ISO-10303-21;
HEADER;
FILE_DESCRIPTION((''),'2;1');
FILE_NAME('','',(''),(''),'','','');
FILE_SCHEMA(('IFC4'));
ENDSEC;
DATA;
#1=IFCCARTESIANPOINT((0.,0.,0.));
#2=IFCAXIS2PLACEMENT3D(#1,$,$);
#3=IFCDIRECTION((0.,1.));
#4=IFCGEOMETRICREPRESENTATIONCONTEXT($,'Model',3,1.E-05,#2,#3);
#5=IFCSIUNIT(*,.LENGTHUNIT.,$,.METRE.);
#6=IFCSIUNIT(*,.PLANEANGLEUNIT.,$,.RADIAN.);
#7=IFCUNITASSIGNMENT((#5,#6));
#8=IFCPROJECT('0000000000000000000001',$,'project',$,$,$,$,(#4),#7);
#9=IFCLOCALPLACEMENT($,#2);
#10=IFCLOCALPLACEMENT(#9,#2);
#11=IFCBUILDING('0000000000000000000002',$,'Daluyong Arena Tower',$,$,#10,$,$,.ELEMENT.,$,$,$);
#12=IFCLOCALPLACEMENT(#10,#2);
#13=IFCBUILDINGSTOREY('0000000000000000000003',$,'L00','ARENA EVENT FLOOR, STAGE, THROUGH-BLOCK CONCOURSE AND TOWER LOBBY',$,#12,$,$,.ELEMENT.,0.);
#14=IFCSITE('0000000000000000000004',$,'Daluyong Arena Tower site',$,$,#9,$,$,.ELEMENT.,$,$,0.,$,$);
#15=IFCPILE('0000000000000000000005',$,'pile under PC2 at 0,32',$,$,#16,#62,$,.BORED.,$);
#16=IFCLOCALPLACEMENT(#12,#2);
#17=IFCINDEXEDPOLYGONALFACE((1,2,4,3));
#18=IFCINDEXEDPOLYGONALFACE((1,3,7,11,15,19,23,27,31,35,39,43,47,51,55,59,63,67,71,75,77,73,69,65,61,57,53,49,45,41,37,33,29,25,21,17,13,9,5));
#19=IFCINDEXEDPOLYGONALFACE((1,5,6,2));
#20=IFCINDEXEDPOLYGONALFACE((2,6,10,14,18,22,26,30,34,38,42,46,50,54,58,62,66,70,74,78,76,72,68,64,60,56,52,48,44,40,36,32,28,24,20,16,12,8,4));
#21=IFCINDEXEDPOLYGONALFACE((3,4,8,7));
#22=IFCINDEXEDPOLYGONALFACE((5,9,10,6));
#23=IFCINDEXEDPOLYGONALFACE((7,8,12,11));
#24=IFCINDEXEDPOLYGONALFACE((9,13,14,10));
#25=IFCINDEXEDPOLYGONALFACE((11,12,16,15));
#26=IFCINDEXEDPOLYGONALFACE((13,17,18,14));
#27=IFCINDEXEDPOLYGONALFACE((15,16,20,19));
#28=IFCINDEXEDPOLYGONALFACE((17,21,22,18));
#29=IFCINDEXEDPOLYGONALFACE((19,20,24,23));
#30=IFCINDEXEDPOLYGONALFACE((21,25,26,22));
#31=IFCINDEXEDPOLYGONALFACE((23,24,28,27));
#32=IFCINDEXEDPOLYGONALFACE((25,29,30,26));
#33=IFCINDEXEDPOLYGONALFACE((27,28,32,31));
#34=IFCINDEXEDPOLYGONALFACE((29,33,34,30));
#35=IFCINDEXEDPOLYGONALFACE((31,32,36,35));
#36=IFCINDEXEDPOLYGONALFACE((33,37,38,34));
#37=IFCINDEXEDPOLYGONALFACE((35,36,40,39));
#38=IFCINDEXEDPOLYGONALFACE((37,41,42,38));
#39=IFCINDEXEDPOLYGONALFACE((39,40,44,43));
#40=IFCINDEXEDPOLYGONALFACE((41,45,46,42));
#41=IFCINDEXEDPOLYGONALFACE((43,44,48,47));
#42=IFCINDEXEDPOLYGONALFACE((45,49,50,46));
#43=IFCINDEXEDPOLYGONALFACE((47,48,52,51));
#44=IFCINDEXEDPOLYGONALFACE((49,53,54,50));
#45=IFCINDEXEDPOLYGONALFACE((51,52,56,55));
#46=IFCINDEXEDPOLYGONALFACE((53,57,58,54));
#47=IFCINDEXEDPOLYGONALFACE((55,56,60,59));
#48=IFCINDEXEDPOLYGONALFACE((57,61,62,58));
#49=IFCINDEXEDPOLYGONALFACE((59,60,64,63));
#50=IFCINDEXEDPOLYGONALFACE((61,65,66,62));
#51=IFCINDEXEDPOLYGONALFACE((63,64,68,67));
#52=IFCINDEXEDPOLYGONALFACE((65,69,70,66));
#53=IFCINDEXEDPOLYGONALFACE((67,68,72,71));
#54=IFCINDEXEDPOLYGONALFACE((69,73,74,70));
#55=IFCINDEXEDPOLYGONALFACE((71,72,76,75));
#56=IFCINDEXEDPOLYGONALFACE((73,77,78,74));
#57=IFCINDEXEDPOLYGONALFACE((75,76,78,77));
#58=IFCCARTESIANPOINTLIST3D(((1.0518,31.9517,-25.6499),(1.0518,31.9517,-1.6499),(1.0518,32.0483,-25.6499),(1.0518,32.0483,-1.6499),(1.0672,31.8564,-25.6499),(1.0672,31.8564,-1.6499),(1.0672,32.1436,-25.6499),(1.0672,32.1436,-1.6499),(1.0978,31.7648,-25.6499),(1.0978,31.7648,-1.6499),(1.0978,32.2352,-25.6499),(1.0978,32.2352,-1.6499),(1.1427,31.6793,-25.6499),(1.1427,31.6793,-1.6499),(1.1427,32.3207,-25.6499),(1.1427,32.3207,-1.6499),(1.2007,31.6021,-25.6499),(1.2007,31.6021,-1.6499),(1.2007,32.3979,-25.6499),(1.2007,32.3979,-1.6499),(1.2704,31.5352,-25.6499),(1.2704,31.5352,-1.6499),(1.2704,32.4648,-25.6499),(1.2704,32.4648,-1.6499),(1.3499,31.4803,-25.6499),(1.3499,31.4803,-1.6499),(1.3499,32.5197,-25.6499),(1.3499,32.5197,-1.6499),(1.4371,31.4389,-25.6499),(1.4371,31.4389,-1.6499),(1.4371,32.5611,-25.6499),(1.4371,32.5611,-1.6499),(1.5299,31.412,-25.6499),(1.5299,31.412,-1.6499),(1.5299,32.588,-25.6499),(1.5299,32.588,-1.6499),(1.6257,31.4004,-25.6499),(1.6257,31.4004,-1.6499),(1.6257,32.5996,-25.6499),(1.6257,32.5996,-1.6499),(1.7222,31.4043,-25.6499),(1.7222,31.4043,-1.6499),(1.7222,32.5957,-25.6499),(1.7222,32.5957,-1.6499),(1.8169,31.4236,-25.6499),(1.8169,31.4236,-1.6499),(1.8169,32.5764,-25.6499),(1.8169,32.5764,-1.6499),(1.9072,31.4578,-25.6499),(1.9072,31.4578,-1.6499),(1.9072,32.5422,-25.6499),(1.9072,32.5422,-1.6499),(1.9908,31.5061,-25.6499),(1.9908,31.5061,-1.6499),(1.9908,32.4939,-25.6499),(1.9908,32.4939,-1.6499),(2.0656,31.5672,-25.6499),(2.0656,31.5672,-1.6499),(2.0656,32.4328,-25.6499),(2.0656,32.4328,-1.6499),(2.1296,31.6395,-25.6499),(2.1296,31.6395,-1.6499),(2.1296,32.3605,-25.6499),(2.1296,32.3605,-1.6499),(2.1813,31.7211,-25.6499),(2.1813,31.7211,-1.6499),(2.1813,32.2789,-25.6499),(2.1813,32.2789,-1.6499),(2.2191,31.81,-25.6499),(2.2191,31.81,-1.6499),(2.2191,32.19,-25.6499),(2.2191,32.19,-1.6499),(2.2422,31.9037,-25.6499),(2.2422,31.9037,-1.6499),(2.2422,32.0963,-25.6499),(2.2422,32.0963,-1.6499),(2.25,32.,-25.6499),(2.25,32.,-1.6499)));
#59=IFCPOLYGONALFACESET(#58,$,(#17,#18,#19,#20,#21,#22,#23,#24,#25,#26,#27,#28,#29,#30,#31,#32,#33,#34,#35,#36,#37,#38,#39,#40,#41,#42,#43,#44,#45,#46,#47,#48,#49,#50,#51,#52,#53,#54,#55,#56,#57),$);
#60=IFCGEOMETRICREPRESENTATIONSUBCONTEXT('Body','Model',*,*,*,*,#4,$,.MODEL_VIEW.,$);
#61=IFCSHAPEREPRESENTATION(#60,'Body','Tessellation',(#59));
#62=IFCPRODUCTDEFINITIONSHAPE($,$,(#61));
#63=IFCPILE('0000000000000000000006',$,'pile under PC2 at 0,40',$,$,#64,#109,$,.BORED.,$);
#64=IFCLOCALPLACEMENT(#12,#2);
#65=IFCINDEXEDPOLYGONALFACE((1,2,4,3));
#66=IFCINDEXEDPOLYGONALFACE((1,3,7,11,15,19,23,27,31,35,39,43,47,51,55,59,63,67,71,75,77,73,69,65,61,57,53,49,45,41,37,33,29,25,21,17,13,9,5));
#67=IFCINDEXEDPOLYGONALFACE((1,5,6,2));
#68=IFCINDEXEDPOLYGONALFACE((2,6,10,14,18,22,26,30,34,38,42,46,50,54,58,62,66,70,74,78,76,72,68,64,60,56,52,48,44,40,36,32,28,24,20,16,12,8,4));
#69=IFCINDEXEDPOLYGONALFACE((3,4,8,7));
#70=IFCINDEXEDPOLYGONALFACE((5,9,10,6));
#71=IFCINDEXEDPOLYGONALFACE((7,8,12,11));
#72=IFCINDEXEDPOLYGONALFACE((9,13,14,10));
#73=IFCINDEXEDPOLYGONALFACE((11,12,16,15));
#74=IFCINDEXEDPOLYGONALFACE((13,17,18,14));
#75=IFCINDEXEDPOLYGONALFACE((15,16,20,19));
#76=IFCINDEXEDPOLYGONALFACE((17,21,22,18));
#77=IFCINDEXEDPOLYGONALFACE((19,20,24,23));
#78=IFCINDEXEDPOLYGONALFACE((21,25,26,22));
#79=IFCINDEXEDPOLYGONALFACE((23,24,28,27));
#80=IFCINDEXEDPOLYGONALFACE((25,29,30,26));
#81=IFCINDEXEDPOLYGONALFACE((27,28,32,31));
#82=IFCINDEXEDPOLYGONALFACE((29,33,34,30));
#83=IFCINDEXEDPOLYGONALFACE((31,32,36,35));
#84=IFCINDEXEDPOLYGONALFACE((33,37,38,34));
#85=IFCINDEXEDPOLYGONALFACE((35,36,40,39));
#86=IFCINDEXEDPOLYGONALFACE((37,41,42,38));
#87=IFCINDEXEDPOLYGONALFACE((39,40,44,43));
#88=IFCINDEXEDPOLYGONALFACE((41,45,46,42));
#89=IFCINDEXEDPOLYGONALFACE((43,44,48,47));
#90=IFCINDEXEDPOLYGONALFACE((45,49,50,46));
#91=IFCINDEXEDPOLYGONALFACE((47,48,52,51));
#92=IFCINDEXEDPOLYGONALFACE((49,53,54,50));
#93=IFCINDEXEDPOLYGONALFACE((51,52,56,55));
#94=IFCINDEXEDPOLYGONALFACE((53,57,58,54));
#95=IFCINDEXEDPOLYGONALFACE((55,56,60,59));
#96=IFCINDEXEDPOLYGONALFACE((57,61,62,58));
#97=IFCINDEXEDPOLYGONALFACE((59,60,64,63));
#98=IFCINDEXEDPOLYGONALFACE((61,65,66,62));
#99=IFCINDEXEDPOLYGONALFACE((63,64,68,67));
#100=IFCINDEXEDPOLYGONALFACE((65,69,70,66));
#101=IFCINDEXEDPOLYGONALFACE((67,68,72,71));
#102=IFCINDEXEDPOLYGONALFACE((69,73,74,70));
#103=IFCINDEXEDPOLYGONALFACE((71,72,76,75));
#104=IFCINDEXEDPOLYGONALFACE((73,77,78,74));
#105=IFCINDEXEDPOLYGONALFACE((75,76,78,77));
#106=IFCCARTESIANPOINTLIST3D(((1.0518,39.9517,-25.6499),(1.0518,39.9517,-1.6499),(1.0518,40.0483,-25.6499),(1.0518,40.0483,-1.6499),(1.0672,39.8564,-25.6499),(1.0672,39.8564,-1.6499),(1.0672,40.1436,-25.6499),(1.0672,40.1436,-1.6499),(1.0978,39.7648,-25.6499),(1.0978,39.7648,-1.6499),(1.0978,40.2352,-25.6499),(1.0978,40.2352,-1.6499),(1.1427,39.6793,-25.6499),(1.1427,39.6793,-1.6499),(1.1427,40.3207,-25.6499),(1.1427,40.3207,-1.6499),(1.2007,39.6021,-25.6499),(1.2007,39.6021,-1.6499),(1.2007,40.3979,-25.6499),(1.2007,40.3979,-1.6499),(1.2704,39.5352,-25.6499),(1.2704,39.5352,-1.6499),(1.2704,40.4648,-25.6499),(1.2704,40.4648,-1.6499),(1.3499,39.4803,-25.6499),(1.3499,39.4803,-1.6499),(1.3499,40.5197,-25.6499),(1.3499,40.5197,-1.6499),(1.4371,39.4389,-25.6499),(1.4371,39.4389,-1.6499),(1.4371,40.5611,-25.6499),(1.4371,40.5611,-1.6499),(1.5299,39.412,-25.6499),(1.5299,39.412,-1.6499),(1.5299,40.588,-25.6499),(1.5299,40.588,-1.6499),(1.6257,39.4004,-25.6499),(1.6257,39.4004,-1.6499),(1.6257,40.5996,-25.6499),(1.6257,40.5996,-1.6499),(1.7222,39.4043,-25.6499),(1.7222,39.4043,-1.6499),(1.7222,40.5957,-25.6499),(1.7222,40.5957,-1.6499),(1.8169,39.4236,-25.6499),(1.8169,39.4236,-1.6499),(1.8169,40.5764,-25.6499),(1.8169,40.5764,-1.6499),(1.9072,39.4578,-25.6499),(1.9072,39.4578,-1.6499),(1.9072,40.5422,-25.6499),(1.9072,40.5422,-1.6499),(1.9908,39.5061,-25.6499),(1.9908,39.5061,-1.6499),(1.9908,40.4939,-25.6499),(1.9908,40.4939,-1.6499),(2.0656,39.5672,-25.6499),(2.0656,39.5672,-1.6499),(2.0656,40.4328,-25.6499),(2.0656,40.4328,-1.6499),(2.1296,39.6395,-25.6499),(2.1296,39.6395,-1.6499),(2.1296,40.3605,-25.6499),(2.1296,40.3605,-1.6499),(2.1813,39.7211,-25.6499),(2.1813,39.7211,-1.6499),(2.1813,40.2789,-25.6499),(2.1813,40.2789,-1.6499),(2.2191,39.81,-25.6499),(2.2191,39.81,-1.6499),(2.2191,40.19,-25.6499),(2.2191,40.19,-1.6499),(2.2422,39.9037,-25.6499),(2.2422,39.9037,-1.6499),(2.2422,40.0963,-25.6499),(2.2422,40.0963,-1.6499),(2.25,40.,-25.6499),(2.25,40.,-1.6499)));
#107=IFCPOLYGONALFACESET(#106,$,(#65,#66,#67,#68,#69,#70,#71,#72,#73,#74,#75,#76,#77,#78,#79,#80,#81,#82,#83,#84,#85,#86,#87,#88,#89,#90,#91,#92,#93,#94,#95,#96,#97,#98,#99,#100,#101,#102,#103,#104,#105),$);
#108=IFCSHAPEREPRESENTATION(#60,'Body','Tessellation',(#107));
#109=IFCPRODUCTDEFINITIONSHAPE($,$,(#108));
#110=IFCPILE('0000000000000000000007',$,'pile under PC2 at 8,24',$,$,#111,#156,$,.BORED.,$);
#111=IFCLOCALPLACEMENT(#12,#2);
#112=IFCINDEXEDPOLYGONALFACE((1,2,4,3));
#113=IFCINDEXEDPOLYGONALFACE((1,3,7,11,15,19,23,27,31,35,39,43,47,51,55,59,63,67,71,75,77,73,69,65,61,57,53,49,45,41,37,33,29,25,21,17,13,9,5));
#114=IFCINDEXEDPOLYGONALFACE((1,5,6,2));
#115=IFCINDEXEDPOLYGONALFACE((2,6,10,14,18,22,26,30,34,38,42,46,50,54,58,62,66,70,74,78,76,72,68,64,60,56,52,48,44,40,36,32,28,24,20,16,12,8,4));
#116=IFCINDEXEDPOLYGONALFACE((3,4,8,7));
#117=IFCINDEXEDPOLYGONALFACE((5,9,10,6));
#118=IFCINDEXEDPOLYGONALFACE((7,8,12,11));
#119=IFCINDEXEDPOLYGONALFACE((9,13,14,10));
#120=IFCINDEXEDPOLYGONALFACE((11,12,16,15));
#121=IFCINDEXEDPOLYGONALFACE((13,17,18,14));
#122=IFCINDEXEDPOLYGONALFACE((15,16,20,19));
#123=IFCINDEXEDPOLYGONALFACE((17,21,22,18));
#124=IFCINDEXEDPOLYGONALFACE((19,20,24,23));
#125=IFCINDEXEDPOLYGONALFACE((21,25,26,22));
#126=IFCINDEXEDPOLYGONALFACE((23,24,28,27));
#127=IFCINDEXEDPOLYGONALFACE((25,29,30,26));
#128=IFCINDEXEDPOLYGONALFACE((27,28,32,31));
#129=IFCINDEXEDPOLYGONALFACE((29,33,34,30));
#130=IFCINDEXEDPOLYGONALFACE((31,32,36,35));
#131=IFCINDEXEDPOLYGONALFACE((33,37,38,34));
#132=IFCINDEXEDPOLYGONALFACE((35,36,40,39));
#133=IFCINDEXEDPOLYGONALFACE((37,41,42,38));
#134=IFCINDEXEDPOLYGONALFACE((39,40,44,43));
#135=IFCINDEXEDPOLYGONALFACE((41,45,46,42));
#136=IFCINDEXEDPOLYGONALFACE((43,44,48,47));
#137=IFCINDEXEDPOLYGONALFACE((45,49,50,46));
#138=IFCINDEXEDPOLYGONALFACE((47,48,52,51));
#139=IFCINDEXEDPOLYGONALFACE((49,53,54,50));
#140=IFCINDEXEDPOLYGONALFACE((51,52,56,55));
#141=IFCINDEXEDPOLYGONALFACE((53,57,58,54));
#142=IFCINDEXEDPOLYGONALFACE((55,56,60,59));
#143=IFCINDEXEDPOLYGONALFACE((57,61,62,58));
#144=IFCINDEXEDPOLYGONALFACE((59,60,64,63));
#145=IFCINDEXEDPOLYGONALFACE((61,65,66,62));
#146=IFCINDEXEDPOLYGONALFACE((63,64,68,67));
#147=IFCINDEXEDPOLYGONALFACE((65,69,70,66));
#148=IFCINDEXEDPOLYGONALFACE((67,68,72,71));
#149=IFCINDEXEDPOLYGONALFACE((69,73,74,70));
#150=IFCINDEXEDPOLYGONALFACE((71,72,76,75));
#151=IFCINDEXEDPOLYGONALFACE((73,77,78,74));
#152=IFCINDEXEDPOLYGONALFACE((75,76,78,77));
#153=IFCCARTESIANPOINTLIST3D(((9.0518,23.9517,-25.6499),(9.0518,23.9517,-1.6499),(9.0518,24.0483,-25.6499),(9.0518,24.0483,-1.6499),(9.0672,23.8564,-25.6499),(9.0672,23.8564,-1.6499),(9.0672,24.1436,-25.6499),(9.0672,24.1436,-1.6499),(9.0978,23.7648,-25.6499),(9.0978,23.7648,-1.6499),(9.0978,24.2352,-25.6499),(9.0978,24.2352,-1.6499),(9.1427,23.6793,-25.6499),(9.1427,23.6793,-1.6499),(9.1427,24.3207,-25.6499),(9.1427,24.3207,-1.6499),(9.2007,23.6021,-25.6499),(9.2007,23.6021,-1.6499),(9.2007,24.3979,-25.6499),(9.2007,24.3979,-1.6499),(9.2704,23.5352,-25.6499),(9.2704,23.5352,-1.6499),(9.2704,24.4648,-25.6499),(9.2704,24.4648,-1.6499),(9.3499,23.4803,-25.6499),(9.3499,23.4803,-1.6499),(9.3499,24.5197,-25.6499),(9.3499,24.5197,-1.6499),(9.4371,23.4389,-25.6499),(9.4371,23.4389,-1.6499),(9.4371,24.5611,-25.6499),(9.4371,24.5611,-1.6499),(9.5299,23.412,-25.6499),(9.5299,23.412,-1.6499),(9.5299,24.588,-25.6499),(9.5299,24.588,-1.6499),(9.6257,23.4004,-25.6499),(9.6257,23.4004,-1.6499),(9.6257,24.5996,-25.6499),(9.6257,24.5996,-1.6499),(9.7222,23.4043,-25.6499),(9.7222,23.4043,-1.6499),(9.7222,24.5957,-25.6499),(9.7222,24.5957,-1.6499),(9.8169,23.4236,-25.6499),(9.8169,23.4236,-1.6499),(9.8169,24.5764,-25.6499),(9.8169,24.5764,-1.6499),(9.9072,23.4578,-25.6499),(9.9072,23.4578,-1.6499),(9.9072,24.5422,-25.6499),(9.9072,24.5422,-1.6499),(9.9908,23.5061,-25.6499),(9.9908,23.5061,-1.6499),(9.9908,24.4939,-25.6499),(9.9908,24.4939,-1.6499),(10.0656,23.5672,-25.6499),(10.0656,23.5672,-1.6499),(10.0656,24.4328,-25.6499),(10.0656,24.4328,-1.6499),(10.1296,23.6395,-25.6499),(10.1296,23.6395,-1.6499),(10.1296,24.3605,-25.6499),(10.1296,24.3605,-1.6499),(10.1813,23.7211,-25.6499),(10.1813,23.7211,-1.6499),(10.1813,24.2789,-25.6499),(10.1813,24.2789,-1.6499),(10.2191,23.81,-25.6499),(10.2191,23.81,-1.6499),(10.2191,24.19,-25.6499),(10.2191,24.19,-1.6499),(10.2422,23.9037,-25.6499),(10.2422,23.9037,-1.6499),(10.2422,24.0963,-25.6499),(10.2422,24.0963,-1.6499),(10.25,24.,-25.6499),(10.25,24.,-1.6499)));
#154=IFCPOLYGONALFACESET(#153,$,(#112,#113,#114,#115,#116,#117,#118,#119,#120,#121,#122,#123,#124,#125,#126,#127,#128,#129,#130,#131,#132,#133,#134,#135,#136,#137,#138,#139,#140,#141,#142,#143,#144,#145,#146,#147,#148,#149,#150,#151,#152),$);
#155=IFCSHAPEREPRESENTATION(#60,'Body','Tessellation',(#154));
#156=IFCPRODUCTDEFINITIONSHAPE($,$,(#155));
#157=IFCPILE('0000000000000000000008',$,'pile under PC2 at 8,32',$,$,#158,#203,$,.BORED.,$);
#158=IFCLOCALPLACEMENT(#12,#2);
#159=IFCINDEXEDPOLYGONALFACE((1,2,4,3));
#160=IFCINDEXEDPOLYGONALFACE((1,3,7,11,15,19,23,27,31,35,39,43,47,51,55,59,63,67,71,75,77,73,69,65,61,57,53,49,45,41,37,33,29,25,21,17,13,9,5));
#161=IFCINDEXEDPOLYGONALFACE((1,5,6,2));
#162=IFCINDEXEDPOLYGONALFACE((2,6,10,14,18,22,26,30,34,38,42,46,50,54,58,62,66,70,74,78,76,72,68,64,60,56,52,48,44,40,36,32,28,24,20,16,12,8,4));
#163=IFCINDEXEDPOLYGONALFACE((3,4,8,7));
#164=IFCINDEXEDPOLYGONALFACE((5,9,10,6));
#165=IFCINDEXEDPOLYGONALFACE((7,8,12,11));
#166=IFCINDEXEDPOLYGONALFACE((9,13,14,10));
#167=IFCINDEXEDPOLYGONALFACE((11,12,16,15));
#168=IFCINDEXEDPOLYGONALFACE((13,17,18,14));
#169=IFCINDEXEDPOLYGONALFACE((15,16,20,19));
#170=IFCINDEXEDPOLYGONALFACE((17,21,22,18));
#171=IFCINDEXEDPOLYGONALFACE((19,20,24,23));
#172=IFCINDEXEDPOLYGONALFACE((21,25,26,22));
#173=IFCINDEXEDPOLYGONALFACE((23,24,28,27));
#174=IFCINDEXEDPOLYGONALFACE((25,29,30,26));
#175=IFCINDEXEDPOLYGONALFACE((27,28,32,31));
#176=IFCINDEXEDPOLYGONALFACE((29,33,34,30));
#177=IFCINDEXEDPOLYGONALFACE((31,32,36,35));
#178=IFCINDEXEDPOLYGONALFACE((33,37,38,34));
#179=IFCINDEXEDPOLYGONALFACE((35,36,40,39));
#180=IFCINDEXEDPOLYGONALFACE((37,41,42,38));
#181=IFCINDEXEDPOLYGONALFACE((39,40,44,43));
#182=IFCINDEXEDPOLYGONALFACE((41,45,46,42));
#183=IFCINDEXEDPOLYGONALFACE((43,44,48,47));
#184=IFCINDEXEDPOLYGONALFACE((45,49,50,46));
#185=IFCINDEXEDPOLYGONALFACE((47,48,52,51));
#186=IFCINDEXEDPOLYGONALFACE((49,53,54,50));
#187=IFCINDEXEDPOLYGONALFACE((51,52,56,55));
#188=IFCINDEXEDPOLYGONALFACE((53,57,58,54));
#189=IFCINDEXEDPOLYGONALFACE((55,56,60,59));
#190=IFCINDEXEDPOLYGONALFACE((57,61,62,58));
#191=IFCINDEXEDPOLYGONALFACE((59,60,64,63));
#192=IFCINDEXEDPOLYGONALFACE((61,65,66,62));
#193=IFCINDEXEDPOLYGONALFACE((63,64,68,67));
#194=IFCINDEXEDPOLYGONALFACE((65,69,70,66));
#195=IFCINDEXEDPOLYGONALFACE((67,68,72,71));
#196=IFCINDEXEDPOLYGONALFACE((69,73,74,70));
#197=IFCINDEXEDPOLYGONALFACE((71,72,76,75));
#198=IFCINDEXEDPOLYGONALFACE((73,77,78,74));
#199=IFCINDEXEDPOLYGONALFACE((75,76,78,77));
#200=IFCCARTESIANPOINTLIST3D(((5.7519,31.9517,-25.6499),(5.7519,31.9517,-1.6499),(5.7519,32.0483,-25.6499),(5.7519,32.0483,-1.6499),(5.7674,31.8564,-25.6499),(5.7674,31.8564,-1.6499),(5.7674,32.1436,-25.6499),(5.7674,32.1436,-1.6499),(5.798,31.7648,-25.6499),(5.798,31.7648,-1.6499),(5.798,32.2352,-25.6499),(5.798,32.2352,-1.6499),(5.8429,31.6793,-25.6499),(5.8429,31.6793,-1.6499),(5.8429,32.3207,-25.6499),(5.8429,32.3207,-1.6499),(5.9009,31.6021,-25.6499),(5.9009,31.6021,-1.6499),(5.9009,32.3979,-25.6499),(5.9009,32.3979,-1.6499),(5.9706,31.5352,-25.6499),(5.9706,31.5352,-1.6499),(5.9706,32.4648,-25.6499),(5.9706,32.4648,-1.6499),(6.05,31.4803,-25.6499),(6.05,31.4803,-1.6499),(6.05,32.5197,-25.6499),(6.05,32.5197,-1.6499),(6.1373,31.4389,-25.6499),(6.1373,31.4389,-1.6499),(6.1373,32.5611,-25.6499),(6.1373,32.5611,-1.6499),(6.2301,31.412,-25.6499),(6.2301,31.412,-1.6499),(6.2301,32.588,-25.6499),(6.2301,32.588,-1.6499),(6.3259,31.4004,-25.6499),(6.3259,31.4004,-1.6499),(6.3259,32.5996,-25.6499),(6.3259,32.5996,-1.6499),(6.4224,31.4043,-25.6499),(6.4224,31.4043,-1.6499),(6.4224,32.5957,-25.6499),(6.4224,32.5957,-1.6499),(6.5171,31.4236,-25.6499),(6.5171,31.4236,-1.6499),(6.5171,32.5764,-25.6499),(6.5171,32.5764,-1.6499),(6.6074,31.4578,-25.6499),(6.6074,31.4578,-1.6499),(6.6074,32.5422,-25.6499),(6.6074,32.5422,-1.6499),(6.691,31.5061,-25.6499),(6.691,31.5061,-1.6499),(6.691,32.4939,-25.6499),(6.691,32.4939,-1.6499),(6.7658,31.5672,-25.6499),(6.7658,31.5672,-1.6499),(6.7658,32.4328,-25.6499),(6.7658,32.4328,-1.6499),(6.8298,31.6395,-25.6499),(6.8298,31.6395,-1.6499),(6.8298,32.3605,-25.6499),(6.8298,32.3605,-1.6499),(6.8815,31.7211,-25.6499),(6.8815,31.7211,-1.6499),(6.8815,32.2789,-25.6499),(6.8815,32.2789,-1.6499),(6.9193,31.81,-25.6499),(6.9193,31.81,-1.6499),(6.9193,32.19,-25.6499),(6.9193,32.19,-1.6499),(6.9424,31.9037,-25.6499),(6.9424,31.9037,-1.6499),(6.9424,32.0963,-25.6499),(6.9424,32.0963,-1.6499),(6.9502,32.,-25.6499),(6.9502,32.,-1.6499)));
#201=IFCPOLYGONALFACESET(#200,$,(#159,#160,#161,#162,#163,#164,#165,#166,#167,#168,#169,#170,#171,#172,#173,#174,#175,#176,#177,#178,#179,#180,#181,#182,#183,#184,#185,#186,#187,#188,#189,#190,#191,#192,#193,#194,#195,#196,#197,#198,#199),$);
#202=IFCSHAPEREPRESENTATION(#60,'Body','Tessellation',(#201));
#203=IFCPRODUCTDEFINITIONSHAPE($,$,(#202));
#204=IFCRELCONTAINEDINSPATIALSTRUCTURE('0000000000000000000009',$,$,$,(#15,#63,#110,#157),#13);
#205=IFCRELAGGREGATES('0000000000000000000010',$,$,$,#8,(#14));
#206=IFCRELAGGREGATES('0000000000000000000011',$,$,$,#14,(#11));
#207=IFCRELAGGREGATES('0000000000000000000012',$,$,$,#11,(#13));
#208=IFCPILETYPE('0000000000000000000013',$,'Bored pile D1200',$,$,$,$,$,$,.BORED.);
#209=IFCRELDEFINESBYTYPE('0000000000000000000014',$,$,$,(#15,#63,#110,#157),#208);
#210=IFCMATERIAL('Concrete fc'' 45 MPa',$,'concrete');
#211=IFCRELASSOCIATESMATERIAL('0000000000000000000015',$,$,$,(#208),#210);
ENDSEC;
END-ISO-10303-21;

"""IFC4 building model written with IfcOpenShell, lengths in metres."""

from ifc_helpers import new_model, si_unit, direction, frame, origin, origin_2d, place, context, subcontext, project, spatial, circle, extrude, material, type_object, element, save


model = new_model("IFC4")

# Units and contexts
model_context = context("Model", 3, precision=1e-05, world=origin(), true_north=direction((0.0, 1.0)))
body_context = subcontext(model_context, "Body", "Model", "MODEL_VIEW")
ifc_project = project(units=[si_unit("LENGTHUNIT", "METRE"), si_unit("PLANEANGLEUNIT", "RADIAN")], contexts=[model_context])

# Site, building, storey
site_placement = place(None, origin())
site = spatial("IfcSite", under=ifc_project, at=site_placement, Name="Daluyong Arena Tower site", CompositionType="ELEMENT", RefElevation=0.0)
building_placement = place(site_placement, origin())
building = spatial("IfcBuilding", under=site, at=building_placement, Name="Daluyong Arena Tower", CompositionType="ELEMENT")
storey_placement = place(building_placement, origin())
storey = spatial("IfcBuildingStorey", under=building, at=storey_placement, Name="L00", Description="ARENA EVENT FLOOR, STAGE, THROUGH-BLOCK CONCOURSE AND TOWER LOBBY", CompositionType="ELEMENT", Elevation=0.0)

# Piles
ifc_material_1 = material(Name="Concrete fc' 45 MPa", Category="concrete")
pile_type = type_object("IfcPileType", Name="Bored pile D1200", PredefinedType="BORED", material=ifc_material_1)
for number, where, z_axis, x_axis, name in (
    (1, (1.6499, 32.0, -1.6499), (0.0, 0.0, -1.0), (1.0, 0.0, 0.0), "pile under PC2 at 0,32"),
    (2, (1.6499, 40.0, -1.6499), (0.0, 0.0, -1.0), (1.0, 0.0, 0.0), "pile under PC2 at 0,40"),
    (3, (9.6499, 24.0, -1.6499), (0.0, 0.0, -1.0), (1.0, 0.0, 0.0), "pile under PC2 at 8,24"),
    (4, (6.3501, 32.0, -1.6499), (0.0, 0.0, -1.0), (1.0, 0.0, 0.0), "pile under PC2 at 8,32"),
):
    element("IfcPile", number, at=place(storey_placement, frame(where, z_axis=z_axis, x_axis=x_axis)), inside=storey, type_object=pile_type, Name=name, PredefinedType="BORED", context=body_context, shape_type="SweptSolid", body=[
        extrude(circle(Radius=0.6001, at=origin_2d()), origin(), (0.0, 0.0, 1.0), 24.0),
    ])

save(model, "model.ifc")
